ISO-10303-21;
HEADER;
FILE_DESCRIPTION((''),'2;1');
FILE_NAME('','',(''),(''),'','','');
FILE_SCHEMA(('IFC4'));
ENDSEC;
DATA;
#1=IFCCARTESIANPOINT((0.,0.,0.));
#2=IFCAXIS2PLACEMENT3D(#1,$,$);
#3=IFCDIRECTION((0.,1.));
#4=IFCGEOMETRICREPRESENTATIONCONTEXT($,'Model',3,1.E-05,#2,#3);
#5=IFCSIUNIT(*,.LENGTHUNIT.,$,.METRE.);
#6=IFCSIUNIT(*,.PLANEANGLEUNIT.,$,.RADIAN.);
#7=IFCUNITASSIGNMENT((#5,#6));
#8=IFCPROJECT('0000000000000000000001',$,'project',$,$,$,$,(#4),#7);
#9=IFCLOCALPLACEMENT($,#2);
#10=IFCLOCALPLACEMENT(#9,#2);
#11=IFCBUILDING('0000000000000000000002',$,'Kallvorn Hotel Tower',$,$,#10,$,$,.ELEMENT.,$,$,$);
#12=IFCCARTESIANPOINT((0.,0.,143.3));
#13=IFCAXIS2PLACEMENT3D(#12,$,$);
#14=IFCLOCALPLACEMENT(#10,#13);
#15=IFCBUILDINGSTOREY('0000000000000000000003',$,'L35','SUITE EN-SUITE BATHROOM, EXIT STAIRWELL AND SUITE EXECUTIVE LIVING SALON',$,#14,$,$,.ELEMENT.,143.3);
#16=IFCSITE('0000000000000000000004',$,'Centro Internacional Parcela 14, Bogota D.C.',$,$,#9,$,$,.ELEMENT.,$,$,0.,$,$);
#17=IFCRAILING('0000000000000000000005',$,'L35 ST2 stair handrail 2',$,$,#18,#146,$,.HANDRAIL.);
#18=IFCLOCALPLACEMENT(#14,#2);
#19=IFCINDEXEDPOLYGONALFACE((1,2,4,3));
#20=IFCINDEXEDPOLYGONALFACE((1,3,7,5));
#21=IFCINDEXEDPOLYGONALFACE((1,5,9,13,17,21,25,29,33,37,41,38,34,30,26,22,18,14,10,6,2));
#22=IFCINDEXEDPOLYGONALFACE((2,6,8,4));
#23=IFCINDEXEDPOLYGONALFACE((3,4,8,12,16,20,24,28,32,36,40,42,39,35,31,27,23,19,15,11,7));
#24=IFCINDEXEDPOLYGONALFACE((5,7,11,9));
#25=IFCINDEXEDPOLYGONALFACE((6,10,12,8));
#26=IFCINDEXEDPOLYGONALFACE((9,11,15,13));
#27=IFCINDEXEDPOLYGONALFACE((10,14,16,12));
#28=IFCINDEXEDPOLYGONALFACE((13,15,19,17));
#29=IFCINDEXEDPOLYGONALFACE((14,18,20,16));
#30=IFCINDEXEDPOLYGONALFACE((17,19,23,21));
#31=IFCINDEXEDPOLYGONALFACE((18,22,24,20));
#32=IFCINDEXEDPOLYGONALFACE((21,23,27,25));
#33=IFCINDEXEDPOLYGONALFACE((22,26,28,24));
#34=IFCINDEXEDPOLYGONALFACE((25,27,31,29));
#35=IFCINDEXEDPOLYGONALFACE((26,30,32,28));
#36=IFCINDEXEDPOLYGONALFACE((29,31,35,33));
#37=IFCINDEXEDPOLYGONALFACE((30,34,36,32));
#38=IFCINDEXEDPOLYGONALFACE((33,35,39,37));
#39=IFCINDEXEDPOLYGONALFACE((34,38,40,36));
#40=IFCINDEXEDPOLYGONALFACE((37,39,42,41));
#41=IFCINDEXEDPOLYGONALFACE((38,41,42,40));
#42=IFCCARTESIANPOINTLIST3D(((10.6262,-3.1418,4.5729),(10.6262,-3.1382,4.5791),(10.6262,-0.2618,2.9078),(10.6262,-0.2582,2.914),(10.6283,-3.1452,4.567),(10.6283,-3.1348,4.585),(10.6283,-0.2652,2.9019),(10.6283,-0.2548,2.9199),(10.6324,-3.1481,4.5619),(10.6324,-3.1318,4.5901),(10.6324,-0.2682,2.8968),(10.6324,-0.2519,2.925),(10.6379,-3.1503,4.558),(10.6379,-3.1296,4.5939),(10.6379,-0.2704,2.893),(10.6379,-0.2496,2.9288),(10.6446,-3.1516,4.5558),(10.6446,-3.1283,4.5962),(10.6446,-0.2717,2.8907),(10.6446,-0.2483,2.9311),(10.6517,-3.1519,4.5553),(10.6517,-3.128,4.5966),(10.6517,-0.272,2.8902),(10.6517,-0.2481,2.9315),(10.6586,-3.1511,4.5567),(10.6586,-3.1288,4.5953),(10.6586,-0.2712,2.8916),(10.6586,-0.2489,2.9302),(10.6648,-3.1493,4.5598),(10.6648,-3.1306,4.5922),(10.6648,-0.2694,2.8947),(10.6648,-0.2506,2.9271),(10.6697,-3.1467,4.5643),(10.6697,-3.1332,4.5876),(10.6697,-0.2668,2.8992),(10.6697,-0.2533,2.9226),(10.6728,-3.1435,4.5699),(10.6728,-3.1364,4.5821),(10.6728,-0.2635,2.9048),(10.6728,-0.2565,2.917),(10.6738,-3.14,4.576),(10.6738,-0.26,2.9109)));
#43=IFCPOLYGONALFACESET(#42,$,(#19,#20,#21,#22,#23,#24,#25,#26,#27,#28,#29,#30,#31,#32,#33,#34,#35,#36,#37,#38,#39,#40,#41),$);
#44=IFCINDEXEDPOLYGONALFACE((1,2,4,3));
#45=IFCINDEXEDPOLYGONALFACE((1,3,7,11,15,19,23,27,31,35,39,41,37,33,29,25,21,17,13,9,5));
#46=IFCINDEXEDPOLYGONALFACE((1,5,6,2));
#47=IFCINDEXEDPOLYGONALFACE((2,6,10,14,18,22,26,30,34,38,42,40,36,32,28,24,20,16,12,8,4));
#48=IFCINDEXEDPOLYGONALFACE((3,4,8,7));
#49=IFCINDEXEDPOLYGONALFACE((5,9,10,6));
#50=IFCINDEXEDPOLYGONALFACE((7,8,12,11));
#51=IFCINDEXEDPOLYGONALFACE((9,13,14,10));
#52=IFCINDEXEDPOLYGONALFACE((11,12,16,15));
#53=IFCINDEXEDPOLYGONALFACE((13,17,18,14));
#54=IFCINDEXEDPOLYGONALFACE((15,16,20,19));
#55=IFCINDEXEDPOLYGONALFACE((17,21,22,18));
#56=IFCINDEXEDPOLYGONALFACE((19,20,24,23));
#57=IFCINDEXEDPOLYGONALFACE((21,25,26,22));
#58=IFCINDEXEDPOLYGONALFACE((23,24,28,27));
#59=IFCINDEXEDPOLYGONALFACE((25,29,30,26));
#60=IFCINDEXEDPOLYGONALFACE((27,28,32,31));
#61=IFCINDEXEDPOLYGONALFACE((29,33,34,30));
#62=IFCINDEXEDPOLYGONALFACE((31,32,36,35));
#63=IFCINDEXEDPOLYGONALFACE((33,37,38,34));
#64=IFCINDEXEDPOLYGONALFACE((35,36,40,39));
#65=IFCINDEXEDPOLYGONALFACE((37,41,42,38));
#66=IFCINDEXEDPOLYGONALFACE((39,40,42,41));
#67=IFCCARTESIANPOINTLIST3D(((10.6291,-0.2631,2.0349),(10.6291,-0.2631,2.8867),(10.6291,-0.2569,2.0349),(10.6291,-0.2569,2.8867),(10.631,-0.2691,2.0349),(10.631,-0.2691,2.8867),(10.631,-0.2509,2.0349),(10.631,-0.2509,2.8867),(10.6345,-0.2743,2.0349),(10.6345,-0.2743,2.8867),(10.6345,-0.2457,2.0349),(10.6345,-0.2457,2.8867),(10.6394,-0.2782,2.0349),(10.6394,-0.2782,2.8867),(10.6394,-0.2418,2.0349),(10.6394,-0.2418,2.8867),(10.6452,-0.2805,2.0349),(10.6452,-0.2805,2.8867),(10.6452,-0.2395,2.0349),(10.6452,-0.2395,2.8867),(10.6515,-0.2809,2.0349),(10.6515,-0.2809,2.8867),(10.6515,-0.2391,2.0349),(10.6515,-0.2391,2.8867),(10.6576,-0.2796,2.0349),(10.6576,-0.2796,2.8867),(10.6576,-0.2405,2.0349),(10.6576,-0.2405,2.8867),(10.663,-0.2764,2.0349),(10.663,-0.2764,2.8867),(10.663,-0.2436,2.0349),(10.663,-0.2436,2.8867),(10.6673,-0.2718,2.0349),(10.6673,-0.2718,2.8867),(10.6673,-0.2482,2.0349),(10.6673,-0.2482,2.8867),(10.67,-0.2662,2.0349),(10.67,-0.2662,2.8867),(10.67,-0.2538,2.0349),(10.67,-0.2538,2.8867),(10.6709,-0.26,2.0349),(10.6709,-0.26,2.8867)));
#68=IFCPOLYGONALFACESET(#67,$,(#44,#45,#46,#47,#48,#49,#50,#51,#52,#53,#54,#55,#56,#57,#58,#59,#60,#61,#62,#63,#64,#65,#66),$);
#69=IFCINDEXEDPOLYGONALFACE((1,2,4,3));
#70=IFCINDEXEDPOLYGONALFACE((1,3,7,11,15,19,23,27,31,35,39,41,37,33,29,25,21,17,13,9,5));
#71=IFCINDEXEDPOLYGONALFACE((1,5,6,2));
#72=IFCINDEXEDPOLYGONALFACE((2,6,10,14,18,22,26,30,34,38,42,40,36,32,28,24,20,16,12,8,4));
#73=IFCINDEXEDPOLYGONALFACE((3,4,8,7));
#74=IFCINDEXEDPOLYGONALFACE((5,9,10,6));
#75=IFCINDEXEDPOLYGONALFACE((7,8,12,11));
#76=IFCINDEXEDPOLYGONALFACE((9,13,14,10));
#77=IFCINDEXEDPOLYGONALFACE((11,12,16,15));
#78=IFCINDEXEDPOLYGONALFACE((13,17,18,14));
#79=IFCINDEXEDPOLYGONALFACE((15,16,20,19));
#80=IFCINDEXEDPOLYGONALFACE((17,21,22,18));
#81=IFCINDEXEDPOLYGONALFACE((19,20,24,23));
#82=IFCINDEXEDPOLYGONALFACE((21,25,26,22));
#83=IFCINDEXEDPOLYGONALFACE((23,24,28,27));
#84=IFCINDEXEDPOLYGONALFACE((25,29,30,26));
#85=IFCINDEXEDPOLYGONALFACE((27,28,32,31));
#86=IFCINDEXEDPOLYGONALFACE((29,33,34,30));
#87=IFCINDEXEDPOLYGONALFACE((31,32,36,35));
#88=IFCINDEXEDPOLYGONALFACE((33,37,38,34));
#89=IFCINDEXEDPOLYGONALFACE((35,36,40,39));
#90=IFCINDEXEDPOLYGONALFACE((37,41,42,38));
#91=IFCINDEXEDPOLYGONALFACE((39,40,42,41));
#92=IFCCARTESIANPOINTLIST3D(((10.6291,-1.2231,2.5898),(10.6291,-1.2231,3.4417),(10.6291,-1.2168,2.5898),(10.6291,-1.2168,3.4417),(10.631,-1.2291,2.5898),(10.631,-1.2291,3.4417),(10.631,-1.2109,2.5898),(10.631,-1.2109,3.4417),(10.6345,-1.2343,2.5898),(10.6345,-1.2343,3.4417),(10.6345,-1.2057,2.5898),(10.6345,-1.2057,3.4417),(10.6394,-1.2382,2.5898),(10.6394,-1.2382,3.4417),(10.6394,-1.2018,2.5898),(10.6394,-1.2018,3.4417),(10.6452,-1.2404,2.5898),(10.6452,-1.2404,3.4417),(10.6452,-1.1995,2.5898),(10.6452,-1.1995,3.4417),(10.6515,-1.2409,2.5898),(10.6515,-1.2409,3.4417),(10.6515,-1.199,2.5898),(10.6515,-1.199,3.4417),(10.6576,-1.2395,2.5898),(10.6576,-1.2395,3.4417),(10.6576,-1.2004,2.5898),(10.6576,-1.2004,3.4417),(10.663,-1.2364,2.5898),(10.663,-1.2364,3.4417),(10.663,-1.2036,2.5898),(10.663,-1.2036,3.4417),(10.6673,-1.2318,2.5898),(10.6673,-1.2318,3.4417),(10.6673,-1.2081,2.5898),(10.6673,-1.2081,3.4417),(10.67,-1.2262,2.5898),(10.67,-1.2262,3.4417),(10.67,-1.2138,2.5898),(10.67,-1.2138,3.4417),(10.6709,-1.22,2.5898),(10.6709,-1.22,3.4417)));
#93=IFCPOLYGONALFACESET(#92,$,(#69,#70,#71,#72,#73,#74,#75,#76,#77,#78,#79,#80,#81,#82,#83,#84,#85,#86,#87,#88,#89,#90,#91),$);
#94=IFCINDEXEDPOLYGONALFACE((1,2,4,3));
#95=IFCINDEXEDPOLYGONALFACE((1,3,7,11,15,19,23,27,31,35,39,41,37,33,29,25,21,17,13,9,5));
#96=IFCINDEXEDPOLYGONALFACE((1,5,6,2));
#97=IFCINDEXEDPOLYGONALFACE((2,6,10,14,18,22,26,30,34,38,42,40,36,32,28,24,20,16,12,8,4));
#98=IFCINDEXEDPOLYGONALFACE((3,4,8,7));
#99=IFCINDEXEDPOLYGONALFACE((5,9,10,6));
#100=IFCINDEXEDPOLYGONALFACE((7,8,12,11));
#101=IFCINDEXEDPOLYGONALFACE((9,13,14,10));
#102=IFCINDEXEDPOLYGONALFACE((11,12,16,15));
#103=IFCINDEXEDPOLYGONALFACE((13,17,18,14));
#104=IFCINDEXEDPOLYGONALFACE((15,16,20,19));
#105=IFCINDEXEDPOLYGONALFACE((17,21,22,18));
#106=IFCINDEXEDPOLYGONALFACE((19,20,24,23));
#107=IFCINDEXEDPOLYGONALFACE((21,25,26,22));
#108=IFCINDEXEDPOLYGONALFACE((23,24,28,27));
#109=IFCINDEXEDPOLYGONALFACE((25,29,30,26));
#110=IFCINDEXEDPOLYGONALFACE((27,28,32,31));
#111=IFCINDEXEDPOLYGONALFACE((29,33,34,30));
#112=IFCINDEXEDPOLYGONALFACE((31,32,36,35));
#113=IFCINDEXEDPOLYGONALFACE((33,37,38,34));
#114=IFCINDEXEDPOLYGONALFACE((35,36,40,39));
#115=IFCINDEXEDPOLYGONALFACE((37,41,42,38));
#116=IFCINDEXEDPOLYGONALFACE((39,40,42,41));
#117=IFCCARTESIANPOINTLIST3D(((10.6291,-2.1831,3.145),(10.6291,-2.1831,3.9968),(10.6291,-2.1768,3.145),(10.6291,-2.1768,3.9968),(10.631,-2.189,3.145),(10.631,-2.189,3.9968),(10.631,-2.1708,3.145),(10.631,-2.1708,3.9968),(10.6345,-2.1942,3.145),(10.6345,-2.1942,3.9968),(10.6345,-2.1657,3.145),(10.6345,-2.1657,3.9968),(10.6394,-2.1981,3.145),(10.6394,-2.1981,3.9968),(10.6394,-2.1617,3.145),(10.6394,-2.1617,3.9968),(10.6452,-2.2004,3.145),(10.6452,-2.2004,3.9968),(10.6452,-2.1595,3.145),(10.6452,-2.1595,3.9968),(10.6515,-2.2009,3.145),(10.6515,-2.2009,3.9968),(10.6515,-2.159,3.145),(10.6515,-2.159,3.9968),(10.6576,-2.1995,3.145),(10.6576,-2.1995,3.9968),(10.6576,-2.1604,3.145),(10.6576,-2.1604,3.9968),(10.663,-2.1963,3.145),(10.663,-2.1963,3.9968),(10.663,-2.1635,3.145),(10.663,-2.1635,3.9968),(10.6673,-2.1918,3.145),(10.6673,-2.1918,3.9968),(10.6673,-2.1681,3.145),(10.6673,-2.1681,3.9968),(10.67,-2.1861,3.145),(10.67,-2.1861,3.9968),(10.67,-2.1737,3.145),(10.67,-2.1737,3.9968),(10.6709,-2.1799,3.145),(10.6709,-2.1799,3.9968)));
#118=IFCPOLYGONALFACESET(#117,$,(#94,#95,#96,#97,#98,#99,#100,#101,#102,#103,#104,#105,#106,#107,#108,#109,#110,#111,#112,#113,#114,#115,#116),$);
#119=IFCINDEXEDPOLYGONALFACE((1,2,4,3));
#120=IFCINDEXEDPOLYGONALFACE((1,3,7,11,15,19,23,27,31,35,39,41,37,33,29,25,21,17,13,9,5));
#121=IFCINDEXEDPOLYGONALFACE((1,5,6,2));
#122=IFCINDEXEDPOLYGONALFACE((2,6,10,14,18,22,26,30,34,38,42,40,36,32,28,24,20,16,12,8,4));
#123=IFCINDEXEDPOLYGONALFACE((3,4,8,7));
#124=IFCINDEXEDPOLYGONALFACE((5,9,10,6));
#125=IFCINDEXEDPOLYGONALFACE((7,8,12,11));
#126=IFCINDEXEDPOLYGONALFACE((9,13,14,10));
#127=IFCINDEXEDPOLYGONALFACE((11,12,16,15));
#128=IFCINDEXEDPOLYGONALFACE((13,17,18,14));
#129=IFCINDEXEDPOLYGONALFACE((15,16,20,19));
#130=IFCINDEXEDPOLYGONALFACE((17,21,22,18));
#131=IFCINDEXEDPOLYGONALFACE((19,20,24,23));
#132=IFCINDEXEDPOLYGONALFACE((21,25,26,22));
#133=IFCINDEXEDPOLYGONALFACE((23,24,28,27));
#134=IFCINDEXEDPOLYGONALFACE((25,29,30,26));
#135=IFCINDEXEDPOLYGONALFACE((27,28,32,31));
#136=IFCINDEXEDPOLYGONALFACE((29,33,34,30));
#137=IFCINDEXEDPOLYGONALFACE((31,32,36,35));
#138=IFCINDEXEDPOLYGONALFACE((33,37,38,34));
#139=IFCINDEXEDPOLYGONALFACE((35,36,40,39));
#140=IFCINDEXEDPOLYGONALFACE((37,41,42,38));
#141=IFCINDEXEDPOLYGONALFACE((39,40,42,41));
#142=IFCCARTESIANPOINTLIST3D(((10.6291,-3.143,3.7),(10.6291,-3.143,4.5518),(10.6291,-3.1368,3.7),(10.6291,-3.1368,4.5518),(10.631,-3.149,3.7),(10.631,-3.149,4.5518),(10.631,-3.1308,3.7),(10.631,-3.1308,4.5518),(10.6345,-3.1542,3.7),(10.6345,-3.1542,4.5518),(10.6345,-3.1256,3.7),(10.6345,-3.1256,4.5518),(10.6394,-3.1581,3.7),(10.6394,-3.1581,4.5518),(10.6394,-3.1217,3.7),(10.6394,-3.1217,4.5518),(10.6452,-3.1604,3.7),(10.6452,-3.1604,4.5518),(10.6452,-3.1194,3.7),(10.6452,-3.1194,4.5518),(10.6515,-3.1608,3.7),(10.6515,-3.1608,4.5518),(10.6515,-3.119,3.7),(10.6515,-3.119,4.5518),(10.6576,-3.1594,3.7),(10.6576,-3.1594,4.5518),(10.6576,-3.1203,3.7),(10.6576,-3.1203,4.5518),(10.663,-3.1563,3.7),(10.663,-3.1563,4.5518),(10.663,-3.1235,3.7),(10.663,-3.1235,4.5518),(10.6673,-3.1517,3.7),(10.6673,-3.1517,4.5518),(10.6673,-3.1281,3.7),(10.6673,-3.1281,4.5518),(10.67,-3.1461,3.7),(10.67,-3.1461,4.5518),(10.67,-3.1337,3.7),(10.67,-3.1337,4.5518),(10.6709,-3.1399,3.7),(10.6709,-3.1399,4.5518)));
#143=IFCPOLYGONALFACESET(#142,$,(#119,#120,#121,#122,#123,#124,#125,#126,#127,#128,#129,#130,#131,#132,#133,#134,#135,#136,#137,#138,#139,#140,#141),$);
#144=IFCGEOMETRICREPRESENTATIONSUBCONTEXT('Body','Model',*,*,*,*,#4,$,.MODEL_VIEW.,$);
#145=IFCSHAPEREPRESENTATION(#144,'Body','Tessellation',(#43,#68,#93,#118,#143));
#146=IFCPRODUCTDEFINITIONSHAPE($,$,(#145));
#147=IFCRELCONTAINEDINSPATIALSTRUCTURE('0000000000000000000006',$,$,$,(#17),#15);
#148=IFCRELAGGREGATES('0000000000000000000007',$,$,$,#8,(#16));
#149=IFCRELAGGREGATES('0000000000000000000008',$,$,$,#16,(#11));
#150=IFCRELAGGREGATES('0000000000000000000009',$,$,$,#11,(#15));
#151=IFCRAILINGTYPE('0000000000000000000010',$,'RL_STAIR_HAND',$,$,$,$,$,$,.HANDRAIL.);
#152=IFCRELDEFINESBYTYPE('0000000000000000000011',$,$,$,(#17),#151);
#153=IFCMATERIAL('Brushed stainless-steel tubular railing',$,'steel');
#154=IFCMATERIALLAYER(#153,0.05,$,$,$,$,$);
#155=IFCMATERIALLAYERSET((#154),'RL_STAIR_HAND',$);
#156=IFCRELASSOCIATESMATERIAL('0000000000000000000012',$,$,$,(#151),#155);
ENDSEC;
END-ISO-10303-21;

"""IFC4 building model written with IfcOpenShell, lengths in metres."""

from ifc_helpers import new_model, si_unit, direction, frame, origin, origin_2d, place, context, subcontext, project, spatial, circle, extrude, material, layer, layer_set, type_object, element, save


model = new_model("IFC4")

# Units and contexts
model_context = context("Model", 3, precision=1e-05, world=origin(), true_north=direction((0.0, 1.0)))
body_context = subcontext(model_context, "Body", "Model", "MODEL_VIEW")
ifc_project = project(units=[si_unit("LENGTHUNIT", "METRE"), si_unit("PLANEANGLEUNIT", "RADIAN")], contexts=[model_context])

# Site, building, storey
site_placement = place(None, origin())
site = spatial("IfcSite", under=ifc_project, at=site_placement, Name="Centro Internacional Parcela 14, Bogota D.C.", CompositionType="ELEMENT", RefElevation=0.0)
building_placement = place(site_placement, origin())
building = spatial("IfcBuilding", under=site, at=building_placement, Name="Kallvorn Hotel Tower", CompositionType="ELEMENT")
storey_placement = place(building_placement, frame((0.0, 0.0, 143.3)))
storey = spatial("IfcBuildingStorey", under=building, at=storey_placement, Name="L35", Description="SUITE EN-SUITE BATHROOM, EXIT STAIRWELL AND SUITE EXECUTIVE LIVING SALON", CompositionType="ELEMENT", Elevation=143.3)

# Railing
ifc_material_1 = material(Name="Brushed stainless-steel tubular railing", Category="steel")
ifc_layer_1 = layer(ifc_material_1, 0.05)
ifc_layer_set_1 = layer_set([ifc_layer_1], Name="RL_STAIR_HAND")
railing_type_1 = type_object("IfcRailingType", Name="RL_STAIR_HAND", PredefinedType="HANDRAIL", material=ifc_layer_set_1)
railing_1_placement = place(storey_placement, frame((10.6499, -0.26, 2.0349)))
element("IfcRailing", 1, at=railing_1_placement, inside=storey, type_object=railing_type_1, Name="L35 ST2 stair handrail 2", PredefinedType="HANDRAIL", context=body_context, shape_type="SweptSolid", body=[
    extrude(circle(Radius=0.0239, at=origin_2d()), frame((0.0, 0.0, 0.876), z_axis=(0.0, -0.865721, 0.500527), x_axis=(1.0, 0.0, 0.0)), (0.0, 0.0, 1.0), 3.3267),
    extrude(circle(Radius=0.021, at=origin_2d()), origin(), (0.0, 0.0, 1.0), 0.8518),
    extrude(circle(Radius=0.021, at=origin_2d()), frame((0.0, -0.96, 0.5549)), (0.0, 0.0, 1.0), 0.8518),
    extrude(circle(Radius=0.021, at=origin_2d()), frame((0.0, -1.9199, 1.1101)), (0.0, 0.0, 1.0), 0.8518),
    extrude(circle(Radius=0.021, at=origin_2d()), frame((0.0, -2.8799, 1.665)), (0.0, 0.0, 1.0), 0.8518),
])

save(model, "model.ifc")
